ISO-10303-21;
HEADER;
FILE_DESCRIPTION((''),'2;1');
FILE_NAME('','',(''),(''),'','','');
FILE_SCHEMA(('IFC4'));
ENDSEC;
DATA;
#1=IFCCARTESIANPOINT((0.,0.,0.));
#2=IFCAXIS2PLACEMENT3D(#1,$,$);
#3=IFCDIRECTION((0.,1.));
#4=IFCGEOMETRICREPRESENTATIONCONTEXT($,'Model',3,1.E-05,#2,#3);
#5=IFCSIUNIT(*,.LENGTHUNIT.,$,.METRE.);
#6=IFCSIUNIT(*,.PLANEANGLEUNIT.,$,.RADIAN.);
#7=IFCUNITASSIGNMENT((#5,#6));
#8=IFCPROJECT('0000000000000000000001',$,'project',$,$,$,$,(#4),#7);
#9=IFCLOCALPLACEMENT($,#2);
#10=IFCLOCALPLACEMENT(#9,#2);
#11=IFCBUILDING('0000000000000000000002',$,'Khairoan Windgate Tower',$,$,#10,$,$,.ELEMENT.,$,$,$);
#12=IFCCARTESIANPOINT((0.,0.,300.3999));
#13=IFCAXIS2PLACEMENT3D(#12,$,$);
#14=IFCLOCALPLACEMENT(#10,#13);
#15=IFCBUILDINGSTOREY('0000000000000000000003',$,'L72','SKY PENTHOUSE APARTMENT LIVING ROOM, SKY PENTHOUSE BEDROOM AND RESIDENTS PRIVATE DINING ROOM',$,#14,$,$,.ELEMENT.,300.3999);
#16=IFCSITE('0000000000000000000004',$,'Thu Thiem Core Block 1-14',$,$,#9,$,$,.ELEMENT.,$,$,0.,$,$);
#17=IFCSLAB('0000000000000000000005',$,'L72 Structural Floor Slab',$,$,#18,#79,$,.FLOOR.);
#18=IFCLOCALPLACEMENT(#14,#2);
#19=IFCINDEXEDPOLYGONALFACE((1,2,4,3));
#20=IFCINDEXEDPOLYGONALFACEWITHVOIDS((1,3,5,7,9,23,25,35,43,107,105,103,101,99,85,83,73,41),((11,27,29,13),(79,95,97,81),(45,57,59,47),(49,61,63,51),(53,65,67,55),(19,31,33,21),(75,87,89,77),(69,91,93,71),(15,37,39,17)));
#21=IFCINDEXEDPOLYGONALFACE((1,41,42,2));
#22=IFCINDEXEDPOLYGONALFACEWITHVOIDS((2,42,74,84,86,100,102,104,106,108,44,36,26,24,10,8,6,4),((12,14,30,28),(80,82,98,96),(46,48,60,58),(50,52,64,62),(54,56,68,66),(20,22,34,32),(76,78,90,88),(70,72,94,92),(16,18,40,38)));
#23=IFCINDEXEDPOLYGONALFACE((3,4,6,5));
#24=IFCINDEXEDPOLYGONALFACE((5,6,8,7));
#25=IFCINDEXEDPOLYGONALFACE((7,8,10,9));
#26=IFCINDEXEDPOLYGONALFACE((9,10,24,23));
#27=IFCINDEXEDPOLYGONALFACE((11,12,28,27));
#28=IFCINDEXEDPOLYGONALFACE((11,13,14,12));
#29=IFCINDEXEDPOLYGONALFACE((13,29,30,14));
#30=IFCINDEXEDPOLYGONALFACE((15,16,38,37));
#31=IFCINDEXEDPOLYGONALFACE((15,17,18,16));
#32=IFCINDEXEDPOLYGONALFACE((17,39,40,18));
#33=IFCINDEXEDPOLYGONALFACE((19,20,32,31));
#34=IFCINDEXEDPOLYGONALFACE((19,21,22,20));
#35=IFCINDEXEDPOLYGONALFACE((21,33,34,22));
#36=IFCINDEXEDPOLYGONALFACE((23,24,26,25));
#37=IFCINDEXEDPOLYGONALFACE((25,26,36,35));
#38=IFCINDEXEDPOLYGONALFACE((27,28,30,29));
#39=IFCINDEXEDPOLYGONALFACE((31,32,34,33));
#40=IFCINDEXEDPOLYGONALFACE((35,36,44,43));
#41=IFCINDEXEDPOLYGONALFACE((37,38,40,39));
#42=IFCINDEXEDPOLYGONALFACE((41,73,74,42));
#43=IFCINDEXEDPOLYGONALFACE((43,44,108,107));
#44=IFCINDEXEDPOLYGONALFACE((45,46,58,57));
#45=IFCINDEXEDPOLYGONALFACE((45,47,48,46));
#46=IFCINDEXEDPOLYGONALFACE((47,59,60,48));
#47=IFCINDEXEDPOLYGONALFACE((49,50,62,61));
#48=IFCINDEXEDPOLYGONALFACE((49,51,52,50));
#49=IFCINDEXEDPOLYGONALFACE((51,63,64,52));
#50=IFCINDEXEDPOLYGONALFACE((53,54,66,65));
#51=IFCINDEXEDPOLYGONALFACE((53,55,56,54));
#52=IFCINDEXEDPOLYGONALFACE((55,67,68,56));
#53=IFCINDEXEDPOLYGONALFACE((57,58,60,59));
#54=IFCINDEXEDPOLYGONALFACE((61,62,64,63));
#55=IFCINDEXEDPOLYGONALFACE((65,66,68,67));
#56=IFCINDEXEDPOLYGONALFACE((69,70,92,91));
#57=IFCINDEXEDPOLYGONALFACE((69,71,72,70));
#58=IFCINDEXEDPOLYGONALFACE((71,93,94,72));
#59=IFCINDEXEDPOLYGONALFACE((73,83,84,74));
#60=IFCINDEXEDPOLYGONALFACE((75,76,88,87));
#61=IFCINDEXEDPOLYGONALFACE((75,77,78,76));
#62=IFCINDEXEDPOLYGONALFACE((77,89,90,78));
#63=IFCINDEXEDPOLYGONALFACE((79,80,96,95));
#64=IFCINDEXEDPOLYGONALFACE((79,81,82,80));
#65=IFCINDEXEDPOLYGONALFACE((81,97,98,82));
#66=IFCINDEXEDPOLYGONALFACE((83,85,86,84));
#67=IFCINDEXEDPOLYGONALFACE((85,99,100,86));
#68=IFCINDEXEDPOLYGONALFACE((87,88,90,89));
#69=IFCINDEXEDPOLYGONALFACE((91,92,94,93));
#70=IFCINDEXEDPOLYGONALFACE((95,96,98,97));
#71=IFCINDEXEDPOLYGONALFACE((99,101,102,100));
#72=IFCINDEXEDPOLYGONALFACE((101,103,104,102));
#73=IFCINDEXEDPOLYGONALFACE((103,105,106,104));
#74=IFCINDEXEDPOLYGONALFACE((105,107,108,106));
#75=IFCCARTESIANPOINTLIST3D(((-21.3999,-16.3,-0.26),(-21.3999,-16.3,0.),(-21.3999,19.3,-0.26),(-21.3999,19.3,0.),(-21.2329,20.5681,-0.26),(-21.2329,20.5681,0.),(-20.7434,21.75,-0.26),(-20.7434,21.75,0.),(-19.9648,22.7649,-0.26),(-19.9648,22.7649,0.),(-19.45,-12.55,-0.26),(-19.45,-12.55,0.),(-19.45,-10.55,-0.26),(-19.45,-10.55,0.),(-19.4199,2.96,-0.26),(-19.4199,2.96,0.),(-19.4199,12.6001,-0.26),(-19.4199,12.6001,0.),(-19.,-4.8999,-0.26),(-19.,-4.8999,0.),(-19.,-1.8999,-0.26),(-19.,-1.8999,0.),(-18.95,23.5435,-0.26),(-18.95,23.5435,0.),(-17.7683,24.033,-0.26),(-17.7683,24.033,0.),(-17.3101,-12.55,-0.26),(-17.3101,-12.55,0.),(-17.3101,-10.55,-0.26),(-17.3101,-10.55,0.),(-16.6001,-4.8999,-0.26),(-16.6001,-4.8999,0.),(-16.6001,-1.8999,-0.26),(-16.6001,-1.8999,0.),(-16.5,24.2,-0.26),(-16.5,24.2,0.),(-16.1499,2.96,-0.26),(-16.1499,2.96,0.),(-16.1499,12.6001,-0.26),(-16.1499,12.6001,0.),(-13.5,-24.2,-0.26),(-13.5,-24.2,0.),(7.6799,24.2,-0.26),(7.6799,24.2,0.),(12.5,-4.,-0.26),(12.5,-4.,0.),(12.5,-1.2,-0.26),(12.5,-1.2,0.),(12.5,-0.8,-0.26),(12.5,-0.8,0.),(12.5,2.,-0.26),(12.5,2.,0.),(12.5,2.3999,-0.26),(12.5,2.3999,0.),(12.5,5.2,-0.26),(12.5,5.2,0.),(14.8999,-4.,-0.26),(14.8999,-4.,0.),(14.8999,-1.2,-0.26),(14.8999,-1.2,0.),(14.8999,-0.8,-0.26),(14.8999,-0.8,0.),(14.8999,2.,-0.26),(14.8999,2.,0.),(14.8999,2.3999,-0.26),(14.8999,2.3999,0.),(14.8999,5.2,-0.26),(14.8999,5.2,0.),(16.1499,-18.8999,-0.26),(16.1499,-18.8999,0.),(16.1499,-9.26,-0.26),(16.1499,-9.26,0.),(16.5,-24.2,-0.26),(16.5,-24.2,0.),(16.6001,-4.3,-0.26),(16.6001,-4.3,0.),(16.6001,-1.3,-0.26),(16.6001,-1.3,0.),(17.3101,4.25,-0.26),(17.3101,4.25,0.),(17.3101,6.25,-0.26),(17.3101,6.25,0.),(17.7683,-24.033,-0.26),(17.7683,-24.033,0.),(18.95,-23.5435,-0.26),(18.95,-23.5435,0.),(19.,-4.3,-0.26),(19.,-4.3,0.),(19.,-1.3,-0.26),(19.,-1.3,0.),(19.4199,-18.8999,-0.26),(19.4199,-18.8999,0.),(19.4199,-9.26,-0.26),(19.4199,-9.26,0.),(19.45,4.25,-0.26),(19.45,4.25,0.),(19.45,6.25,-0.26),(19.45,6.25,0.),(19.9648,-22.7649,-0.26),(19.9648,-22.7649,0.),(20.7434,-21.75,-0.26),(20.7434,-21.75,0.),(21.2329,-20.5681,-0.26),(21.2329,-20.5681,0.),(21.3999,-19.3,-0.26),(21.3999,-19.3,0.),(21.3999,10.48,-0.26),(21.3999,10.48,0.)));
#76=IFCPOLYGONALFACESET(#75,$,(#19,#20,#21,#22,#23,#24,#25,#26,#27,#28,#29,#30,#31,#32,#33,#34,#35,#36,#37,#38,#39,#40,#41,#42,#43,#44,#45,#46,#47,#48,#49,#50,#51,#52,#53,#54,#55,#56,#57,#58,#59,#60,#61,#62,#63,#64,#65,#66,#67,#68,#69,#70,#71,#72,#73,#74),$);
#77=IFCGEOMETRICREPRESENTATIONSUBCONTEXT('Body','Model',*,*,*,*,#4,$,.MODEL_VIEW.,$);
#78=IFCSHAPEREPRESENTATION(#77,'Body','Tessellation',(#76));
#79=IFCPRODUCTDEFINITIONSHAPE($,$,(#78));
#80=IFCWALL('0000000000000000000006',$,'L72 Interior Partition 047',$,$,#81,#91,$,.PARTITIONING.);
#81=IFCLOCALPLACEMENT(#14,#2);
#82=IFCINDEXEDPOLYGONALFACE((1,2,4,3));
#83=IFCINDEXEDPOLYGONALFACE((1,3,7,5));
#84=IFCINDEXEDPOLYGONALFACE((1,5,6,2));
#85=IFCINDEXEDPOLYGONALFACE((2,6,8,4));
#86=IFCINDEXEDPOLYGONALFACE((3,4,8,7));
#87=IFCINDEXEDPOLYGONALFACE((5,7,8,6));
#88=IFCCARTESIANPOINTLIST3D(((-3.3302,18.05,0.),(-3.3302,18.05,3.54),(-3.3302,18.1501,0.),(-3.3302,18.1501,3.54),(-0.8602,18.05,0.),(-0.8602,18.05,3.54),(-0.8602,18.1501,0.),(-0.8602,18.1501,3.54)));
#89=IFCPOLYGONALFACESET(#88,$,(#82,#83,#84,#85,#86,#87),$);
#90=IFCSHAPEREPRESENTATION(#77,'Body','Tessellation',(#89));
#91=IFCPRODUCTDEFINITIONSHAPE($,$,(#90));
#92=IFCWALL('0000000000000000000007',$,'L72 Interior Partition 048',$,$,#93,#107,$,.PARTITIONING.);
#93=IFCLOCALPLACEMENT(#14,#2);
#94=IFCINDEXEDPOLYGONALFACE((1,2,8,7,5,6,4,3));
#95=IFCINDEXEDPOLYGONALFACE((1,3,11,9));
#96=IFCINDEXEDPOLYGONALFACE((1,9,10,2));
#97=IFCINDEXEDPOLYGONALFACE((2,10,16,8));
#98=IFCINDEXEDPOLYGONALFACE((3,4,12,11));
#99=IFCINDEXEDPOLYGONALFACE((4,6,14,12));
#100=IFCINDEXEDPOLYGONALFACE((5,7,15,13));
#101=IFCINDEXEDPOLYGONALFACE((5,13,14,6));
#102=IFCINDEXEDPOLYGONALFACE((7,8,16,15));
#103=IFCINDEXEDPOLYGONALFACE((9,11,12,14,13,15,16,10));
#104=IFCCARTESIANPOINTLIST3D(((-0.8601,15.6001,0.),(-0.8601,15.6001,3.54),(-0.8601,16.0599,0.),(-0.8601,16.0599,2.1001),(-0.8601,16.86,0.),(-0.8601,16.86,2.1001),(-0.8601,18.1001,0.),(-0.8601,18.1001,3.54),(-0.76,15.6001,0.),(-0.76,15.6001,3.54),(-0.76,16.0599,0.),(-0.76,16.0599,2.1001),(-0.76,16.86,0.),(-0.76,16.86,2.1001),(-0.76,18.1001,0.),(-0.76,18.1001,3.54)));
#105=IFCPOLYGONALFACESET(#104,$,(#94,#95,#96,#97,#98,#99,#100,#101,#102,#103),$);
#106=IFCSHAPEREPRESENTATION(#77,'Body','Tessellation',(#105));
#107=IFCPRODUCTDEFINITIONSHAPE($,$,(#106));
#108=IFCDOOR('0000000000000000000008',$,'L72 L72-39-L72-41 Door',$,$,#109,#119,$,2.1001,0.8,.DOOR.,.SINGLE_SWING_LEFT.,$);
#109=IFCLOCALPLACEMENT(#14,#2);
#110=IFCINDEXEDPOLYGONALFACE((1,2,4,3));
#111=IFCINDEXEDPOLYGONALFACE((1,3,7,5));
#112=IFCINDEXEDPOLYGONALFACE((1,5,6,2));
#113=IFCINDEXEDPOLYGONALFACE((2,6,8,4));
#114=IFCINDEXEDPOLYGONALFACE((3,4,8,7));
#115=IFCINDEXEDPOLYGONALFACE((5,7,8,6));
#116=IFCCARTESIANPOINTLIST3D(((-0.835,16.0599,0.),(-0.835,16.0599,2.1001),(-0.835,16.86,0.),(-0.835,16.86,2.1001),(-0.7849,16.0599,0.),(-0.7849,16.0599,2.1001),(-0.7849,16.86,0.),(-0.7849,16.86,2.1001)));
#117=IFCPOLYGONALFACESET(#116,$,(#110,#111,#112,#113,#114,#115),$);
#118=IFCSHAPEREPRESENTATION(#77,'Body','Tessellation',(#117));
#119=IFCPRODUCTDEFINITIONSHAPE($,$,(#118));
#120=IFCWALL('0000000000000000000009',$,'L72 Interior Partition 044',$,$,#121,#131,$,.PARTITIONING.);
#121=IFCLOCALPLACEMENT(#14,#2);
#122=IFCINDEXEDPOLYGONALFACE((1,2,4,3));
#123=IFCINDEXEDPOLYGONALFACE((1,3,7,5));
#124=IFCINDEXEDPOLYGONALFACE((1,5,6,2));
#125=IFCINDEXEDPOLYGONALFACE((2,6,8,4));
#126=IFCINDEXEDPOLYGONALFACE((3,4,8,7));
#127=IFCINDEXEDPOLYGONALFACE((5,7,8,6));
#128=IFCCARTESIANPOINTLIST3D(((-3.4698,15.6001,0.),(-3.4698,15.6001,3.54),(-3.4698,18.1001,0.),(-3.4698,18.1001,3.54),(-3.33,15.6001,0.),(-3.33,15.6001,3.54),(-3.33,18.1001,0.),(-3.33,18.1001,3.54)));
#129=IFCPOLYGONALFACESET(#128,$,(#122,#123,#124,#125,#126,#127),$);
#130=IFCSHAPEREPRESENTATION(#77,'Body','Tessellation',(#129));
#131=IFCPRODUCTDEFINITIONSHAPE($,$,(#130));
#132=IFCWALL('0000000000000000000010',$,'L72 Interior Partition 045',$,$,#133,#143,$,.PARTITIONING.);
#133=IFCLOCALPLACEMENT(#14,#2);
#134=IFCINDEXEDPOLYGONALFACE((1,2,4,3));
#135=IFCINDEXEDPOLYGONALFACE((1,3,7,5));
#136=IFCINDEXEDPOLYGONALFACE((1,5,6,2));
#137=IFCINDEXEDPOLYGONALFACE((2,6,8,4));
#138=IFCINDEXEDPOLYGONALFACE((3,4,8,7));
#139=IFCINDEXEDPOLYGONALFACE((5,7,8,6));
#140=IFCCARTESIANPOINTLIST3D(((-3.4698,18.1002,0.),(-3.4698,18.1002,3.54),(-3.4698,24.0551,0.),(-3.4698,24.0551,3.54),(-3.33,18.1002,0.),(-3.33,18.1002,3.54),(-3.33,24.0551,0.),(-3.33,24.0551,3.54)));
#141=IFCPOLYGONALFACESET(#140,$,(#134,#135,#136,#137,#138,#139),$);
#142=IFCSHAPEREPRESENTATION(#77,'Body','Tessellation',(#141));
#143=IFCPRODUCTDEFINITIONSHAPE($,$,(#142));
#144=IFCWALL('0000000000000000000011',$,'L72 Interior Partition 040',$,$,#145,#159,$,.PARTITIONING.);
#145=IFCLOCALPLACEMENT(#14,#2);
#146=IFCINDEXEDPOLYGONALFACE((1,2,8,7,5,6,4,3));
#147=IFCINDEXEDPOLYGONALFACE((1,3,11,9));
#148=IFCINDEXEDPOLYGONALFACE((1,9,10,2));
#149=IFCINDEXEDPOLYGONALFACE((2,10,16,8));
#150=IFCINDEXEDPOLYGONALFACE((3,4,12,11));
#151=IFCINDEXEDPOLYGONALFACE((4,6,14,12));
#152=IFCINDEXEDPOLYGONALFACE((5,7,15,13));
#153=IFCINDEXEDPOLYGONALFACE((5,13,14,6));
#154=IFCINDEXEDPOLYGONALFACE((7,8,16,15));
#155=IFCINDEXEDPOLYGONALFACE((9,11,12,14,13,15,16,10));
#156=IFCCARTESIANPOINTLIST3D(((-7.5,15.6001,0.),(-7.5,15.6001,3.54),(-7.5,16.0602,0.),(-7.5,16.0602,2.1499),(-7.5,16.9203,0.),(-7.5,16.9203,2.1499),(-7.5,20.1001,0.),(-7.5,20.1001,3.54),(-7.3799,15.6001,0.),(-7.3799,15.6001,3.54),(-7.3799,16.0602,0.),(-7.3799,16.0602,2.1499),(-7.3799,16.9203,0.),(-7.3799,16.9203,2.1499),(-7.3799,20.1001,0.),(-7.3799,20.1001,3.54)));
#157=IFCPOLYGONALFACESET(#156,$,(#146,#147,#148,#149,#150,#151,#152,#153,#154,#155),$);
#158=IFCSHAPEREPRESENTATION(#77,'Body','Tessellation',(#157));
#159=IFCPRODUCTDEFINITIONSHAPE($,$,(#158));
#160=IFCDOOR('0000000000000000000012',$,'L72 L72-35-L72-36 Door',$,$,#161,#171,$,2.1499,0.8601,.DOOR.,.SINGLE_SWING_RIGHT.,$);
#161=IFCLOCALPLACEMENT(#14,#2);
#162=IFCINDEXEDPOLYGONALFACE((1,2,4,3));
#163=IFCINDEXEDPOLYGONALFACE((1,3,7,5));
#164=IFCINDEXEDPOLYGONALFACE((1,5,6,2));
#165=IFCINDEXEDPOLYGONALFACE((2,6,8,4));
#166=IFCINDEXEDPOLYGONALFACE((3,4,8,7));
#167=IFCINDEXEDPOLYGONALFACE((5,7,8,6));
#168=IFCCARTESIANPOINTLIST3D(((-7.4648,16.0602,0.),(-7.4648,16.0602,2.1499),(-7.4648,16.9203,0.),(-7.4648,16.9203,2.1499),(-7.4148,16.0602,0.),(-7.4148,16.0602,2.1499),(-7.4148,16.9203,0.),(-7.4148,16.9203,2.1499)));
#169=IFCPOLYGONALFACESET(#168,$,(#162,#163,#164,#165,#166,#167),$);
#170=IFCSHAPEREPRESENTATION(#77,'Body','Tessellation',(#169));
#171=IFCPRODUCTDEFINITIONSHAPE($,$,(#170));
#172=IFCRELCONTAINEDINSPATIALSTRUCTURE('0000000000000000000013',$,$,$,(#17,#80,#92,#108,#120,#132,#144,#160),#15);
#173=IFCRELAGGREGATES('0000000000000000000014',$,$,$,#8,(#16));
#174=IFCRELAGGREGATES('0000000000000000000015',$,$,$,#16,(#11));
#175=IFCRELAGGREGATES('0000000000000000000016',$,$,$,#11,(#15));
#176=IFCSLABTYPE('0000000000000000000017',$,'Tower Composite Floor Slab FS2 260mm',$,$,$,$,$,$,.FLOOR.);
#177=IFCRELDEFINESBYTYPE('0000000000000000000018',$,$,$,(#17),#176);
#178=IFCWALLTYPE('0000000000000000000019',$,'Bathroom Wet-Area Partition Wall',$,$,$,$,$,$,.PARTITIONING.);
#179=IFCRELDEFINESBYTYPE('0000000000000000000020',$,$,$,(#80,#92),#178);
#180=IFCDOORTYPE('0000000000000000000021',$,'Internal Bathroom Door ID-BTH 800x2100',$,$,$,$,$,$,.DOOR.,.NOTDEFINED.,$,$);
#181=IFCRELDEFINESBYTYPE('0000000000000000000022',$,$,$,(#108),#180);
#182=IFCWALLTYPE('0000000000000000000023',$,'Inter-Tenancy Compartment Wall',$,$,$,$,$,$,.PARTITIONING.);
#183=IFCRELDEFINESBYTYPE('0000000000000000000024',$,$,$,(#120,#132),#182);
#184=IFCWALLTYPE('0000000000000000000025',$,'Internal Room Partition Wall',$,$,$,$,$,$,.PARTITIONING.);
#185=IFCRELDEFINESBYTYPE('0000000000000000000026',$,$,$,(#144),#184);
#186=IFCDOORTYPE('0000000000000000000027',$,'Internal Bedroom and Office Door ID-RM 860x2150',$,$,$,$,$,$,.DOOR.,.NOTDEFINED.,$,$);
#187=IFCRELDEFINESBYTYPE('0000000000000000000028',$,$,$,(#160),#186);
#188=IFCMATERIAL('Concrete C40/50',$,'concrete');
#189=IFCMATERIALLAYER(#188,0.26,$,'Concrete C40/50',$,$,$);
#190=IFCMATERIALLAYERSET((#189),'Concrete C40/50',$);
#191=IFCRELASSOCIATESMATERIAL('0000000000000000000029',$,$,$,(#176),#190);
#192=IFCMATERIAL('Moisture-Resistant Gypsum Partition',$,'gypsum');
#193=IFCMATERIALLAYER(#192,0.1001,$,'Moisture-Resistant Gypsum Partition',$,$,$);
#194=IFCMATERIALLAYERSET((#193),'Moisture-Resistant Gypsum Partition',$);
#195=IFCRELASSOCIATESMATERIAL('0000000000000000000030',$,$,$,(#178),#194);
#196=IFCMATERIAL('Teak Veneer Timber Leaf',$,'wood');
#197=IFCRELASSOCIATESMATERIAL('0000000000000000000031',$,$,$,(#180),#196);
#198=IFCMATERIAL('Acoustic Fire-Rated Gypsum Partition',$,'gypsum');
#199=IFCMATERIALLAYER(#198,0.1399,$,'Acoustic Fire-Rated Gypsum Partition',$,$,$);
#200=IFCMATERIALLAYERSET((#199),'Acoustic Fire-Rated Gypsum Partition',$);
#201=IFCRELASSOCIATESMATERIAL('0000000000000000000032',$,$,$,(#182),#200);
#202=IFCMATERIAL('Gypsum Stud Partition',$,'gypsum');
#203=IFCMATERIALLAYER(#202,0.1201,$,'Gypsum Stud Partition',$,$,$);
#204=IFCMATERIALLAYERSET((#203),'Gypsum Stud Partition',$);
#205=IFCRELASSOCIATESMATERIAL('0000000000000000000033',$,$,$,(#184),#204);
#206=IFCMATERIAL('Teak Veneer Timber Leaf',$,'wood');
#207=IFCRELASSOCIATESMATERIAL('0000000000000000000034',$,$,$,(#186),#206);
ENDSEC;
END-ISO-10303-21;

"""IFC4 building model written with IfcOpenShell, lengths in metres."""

from ifc_helpers import new_model, si_unit, direction, frame, frame_2d, origin, place, context, subcontext, project, spatial, polyline, rectangle, outline, extrude, material, layer, layer_set, type_object, element, fill, save


model = new_model("IFC4")

# Units and contexts
model_context = context("Model", 3, precision=1e-05, world=origin(), true_north=direction((0.0, 1.0)))
body_context = subcontext(model_context, "Body", "Model", "MODEL_VIEW")
ifc_project = project(units=[si_unit("LENGTHUNIT", "METRE"), si_unit("PLANEANGLEUNIT", "RADIAN")], contexts=[model_context])

# Site, building, storey
site_placement = place(None, origin())
site = spatial("IfcSite", under=ifc_project, at=site_placement, Name="Thu Thiem Core Block 1-14", CompositionType="ELEMENT", RefElevation=0.0)
building_placement = place(site_placement, origin())
building = spatial("IfcBuilding", under=site, at=building_placement, Name="Khairoan Windgate Tower", CompositionType="ELEMENT")
storey_placement = place(building_placement, frame((0.0, 0.0, 300.3999)))
storey = spatial("IfcBuildingStorey", under=building, at=storey_placement, Name="L72", Description="SKY PENTHOUSE APARTMENT LIVING ROOM, SKY PENTHOUSE BEDROOM AND RESIDENTS PRIVATE DINING ROOM", CompositionType="ELEMENT", Elevation=300.3999)

# Slab
ifc_material_1 = material(Name="Concrete C40/50", Category="concrete")
ifc_layer_1 = layer(ifc_material_1, 0.26, Name="Concrete C40/50")
ifc_layer_set_1 = layer_set([ifc_layer_1], Name="Concrete C40/50")
slab_type_1 = type_object("IfcSlabType", Name="Tower Composite Floor Slab FS2 260mm", PredefinedType="FLOOR", material=ifc_layer_set_1)
slab_1_placement = place(storey_placement, frame((0.0, 0.0, -0.26)))
element("IfcSlab", 1, at=slab_1_placement, inside=storey, type_object=slab_type_1, Name="L72 Structural Floor Slab", PredefinedType="FLOOR", context=body_context, shape_type="SweptSolid", body=[
    extrude(outline(polyline([(16.5, -24.2), (17.7683, -24.033), (18.95, -23.5435), (19.9648, -22.7649), (20.7434, -21.75), (21.2329, -20.5681), (21.3999, -19.3), (21.3999, 10.48), (7.6799, 24.2), (-16.5, 24.2), (-17.7683, 24.033), (-18.95, 23.5435), (-19.9648, 22.7649), (-20.7434, 21.75), (-21.2329, 20.5681), (-21.3999, 19.3), (-21.3999, -16.3), (-13.5, -24.2), (16.5, -24.2)]), holes=[polyline([(16.1499, -9.26), (16.1499, -18.8999), (19.4199, -18.8999), (19.4199, -9.26), (16.1499, -9.26)]), polyline([(-16.1499, 2.96), (-16.1499, 12.6001), (-19.4199, 12.6001), (-19.4199, 2.96), (-16.1499, 2.96)]), polyline([(12.5, 2.3999), (14.8999, 2.3999), (14.8999, 5.2), (12.5, 5.2), (12.5, 2.3999)]), polyline([(12.5, -0.8), (14.8999, -0.8), (14.8999, 2.0), (12.5, 2.0), (12.5, -0.8)]), polyline([(12.5, -4.0), (14.8999, -4.0), (14.8999, -1.2), (12.5, -1.2), (12.5, -4.0)]), polyline([(16.6001, -4.3), (19.0, -4.3), (19.0, -1.3), (16.6001, -1.3), (16.6001, -4.3)]), polyline([(-19.0, -4.8999), (-16.6001, -4.8999), (-16.6001, -1.8999), (-19.0, -1.8999), (-19.0, -4.8999)]), polyline([(-19.45, -12.55), (-17.3101, -12.55), (-17.3101, -10.55), (-19.45, -10.55), (-19.45, -12.55)]), polyline([(17.3101, 4.25), (19.45, 4.25), (19.45, 6.25), (17.3101, 6.25), (17.3101, 4.25)])]), origin(), (0.0, 0.0, 1.0), 0.26),
])

# Wall
ifc_material_2 = material(Name="Moisture-Resistant Gypsum Partition", Category="gypsum")
ifc_layer_2 = layer(ifc_material_2, 0.1001, Name="Moisture-Resistant Gypsum Partition")
ifc_layer_set_2 = layer_set([ifc_layer_2], Name="Moisture-Resistant Gypsum Partition")
wall_type_1 = type_object("IfcWallType", Name="Bathroom Wet-Area Partition Wall", PredefinedType="PARTITIONING", material=ifc_layer_set_2)
wall_1_placement = place(storey_placement, frame((-3.3301, 18.1001, 0.0), z_axis=(0.0, 0.0, 1.0), x_axis=(1.0, 0.0, 0.0)))
element("IfcWall", 2, at=wall_1_placement, inside=storey, type_object=wall_type_1, Name="L72 Interior Partition 047", PredefinedType="PARTITIONING", context=body_context, shape_type="SweptSolid", body=[
    extrude(rectangle(XDim=2.47, YDim=0.1001, at=frame_2d((1.2349, 0.0))), origin(), (0.0, 0.0, 1.0), 3.54),
])

# Wall, opening, door
wall_2_placement = place(storey_placement, frame((-0.8101, 15.6001, 0.0), z_axis=(0.0, 0.0, 1.0), x_axis=(0.0, 1.0, 0.0)))
wall_2 = element("IfcWall", 3, at=wall_2_placement, inside=storey, type_object=wall_type_1, Name="L72 Interior Partition 048", PredefinedType="PARTITIONING", context=body_context, shape_type="SweptSolid", body=[
    extrude(rectangle(XDim=2.5, YDim=0.1001, at=frame_2d((1.25, 0.0))), origin(), (0.0, 0.0, 1.0), 3.54),
])
opening_1_placement = place(wall_2_placement, frame((0.46, 0.0, 0.0)))
opening_1 = element("IfcOpeningElement", 4, at=opening_1_placement, cuts=wall_2, PredefinedType="OPENING", context=body_context, shape_type="SweptSolid", body=[
    extrude(rectangle(XDim=0.8, YDim=2.1001, at=frame_2d((0.3999, 1.05))), frame((0.0, 0.0601, 0.0), z_axis=(0.0, -1.0, 0.0), x_axis=(1.0, 0.0, 0.0)), (0.0, 0.0, 1.0), 0.1201),
])
ifc_material_3 = material(Name="Teak Veneer Timber Leaf", Category="wood")
door_type_1 = type_object("IfcDoorType", Name="Internal Bathroom Door ID-BTH 800x2100", OperationType="NOTDEFINED", PredefinedType="DOOR", material=ifc_material_3)
door_1_placement = place(opening_1_placement, origin())
door_1 = element("IfcDoor", 5, at=door_1_placement, inside=storey, type_object=door_type_1, Name="L72 L72-39-L72-41 Door", OperationType="SINGLE_SWING_LEFT", OverallHeight=2.1001, OverallWidth=0.8, PredefinedType="DOOR", context=body_context, shape_type="SweptSolid", body=[
    extrude(rectangle(XDim=0.8, YDim=2.1001, at=frame_2d((0.3999, 1.05))), frame((0.0, 0.0249, 0.0), z_axis=(0.0, -1.0, 0.0), x_axis=(1.0, 0.0, 0.0)), (0.0, 0.0, 1.0), 0.05),
])
fill(opening_1, door_1)

# Walls
ifc_material_4 = material(Name="Acoustic Fire-Rated Gypsum Partition", Category="gypsum")
ifc_layer_3 = layer(ifc_material_4, 0.1399, Name="Acoustic Fire-Rated Gypsum Partition")
ifc_layer_set_3 = layer_set([ifc_layer_3], Name="Acoustic Fire-Rated Gypsum Partition")
wall_type_2 = type_object("IfcWallType", Name="Inter-Tenancy Compartment Wall", PredefinedType="PARTITIONING", material=ifc_layer_set_3)
wall_3_placement = place(storey_placement, frame((-3.3999, 15.6001, 0.0), z_axis=(0.0, 0.0, 1.0), x_axis=(0.0, 1.0, 0.0)))
element("IfcWall", 6, at=wall_3_placement, inside=storey, type_object=wall_type_2, Name="L72 Interior Partition 044", PredefinedType="PARTITIONING", context=body_context, shape_type="SweptSolid", body=[
    extrude(rectangle(XDim=2.5, YDim=0.1399, at=frame_2d((1.25, 0.0))), origin(), (0.0, 0.0, 1.0), 3.54),
])
wall_4_placement = place(storey_placement, frame((-3.3999, 18.1001, 0.0), z_axis=(0.0, 0.0, 1.0), x_axis=(0.0, 1.0, 0.0)))
element("IfcWall", 7, at=wall_4_placement, inside=storey, type_object=wall_type_2, Name="L72 Interior Partition 045", PredefinedType="PARTITIONING", context=body_context, shape_type="SweptSolid", body=[
    extrude(rectangle(XDim=5.9548, YDim=0.1399, at=frame_2d((2.9775, 0.0))), origin(), (0.0, 0.0, 1.0), 3.54),
])

# Wall, opening, door
ifc_material_5 = material(Name="Gypsum Stud Partition", Category="gypsum")
ifc_layer_4 = layer(ifc_material_5, 0.1201, Name="Gypsum Stud Partition")
ifc_layer_set_4 = layer_set([ifc_layer_4], Name="Gypsum Stud Partition")
wall_type_3 = type_object("IfcWallType", Name="Internal Room Partition Wall", PredefinedType="PARTITIONING", material=ifc_layer_set_4)
wall_5_placement = place(storey_placement, frame((-7.4399, 15.6001, 0.0), z_axis=(0.0, 0.0, 1.0), x_axis=(0.0, 1.0, 0.0)))
wall_5 = element("IfcWall", 8, at=wall_5_placement, inside=storey, type_object=wall_type_3, Name="L72 Interior Partition 040", PredefinedType="PARTITIONING", context=body_context, shape_type="SweptSolid", body=[
    extrude(rectangle(XDim=4.5, YDim=0.1201, at=frame_2d((2.25, 0.0))), origin(), (0.0, 0.0, 1.0), 3.54),
])
opening_2_placement = place(wall_5_placement, frame((0.46, 0.0, 0.0)))
opening_2 = element("IfcOpeningElement", 9, at=opening_2_placement, cuts=wall_5, PredefinedType="OPENING", context=body_context, shape_type="SweptSolid", body=[
    extrude(rectangle(XDim=0.8601, YDim=2.1499, at=frame_2d((0.4302, 1.075))), frame((0.0, 0.0701, 0.0), z_axis=(0.0, -1.0, 0.0), x_axis=(1.0, 0.0, 0.0)), (0.0, 0.0, 1.0), 0.1401),
])
ifc_material_6 = material(Name="Teak Veneer Timber Leaf", Category="wood")
door_type_2 = type_object("IfcDoorType", Name="Internal Bedroom and Office Door ID-RM 860x2150", OperationType="NOTDEFINED", PredefinedType="DOOR", material=ifc_material_6)
door_2_placement = place(opening_2_placement, origin())
door_2 = element("IfcDoor", 10, at=door_2_placement, inside=storey, type_object=door_type_2, Name="L72 L72-35-L72-36 Door", OperationType="SINGLE_SWING_RIGHT", OverallHeight=2.1499, OverallWidth=0.8601, PredefinedType="DOOR", context=body_context, shape_type="SweptSolid", body=[
    extrude(rectangle(XDim=0.8601, YDim=2.1499, at=frame_2d((0.4302, 1.075))), frame((0.0, 0.0249, 0.0), z_axis=(0.0, -1.0, 0.0), x_axis=(1.0, 0.0, 0.0)), (0.0, 0.0, 1.0), 0.05),
])
fill(opening_2, door_2)

save(model, "model.ifc")
